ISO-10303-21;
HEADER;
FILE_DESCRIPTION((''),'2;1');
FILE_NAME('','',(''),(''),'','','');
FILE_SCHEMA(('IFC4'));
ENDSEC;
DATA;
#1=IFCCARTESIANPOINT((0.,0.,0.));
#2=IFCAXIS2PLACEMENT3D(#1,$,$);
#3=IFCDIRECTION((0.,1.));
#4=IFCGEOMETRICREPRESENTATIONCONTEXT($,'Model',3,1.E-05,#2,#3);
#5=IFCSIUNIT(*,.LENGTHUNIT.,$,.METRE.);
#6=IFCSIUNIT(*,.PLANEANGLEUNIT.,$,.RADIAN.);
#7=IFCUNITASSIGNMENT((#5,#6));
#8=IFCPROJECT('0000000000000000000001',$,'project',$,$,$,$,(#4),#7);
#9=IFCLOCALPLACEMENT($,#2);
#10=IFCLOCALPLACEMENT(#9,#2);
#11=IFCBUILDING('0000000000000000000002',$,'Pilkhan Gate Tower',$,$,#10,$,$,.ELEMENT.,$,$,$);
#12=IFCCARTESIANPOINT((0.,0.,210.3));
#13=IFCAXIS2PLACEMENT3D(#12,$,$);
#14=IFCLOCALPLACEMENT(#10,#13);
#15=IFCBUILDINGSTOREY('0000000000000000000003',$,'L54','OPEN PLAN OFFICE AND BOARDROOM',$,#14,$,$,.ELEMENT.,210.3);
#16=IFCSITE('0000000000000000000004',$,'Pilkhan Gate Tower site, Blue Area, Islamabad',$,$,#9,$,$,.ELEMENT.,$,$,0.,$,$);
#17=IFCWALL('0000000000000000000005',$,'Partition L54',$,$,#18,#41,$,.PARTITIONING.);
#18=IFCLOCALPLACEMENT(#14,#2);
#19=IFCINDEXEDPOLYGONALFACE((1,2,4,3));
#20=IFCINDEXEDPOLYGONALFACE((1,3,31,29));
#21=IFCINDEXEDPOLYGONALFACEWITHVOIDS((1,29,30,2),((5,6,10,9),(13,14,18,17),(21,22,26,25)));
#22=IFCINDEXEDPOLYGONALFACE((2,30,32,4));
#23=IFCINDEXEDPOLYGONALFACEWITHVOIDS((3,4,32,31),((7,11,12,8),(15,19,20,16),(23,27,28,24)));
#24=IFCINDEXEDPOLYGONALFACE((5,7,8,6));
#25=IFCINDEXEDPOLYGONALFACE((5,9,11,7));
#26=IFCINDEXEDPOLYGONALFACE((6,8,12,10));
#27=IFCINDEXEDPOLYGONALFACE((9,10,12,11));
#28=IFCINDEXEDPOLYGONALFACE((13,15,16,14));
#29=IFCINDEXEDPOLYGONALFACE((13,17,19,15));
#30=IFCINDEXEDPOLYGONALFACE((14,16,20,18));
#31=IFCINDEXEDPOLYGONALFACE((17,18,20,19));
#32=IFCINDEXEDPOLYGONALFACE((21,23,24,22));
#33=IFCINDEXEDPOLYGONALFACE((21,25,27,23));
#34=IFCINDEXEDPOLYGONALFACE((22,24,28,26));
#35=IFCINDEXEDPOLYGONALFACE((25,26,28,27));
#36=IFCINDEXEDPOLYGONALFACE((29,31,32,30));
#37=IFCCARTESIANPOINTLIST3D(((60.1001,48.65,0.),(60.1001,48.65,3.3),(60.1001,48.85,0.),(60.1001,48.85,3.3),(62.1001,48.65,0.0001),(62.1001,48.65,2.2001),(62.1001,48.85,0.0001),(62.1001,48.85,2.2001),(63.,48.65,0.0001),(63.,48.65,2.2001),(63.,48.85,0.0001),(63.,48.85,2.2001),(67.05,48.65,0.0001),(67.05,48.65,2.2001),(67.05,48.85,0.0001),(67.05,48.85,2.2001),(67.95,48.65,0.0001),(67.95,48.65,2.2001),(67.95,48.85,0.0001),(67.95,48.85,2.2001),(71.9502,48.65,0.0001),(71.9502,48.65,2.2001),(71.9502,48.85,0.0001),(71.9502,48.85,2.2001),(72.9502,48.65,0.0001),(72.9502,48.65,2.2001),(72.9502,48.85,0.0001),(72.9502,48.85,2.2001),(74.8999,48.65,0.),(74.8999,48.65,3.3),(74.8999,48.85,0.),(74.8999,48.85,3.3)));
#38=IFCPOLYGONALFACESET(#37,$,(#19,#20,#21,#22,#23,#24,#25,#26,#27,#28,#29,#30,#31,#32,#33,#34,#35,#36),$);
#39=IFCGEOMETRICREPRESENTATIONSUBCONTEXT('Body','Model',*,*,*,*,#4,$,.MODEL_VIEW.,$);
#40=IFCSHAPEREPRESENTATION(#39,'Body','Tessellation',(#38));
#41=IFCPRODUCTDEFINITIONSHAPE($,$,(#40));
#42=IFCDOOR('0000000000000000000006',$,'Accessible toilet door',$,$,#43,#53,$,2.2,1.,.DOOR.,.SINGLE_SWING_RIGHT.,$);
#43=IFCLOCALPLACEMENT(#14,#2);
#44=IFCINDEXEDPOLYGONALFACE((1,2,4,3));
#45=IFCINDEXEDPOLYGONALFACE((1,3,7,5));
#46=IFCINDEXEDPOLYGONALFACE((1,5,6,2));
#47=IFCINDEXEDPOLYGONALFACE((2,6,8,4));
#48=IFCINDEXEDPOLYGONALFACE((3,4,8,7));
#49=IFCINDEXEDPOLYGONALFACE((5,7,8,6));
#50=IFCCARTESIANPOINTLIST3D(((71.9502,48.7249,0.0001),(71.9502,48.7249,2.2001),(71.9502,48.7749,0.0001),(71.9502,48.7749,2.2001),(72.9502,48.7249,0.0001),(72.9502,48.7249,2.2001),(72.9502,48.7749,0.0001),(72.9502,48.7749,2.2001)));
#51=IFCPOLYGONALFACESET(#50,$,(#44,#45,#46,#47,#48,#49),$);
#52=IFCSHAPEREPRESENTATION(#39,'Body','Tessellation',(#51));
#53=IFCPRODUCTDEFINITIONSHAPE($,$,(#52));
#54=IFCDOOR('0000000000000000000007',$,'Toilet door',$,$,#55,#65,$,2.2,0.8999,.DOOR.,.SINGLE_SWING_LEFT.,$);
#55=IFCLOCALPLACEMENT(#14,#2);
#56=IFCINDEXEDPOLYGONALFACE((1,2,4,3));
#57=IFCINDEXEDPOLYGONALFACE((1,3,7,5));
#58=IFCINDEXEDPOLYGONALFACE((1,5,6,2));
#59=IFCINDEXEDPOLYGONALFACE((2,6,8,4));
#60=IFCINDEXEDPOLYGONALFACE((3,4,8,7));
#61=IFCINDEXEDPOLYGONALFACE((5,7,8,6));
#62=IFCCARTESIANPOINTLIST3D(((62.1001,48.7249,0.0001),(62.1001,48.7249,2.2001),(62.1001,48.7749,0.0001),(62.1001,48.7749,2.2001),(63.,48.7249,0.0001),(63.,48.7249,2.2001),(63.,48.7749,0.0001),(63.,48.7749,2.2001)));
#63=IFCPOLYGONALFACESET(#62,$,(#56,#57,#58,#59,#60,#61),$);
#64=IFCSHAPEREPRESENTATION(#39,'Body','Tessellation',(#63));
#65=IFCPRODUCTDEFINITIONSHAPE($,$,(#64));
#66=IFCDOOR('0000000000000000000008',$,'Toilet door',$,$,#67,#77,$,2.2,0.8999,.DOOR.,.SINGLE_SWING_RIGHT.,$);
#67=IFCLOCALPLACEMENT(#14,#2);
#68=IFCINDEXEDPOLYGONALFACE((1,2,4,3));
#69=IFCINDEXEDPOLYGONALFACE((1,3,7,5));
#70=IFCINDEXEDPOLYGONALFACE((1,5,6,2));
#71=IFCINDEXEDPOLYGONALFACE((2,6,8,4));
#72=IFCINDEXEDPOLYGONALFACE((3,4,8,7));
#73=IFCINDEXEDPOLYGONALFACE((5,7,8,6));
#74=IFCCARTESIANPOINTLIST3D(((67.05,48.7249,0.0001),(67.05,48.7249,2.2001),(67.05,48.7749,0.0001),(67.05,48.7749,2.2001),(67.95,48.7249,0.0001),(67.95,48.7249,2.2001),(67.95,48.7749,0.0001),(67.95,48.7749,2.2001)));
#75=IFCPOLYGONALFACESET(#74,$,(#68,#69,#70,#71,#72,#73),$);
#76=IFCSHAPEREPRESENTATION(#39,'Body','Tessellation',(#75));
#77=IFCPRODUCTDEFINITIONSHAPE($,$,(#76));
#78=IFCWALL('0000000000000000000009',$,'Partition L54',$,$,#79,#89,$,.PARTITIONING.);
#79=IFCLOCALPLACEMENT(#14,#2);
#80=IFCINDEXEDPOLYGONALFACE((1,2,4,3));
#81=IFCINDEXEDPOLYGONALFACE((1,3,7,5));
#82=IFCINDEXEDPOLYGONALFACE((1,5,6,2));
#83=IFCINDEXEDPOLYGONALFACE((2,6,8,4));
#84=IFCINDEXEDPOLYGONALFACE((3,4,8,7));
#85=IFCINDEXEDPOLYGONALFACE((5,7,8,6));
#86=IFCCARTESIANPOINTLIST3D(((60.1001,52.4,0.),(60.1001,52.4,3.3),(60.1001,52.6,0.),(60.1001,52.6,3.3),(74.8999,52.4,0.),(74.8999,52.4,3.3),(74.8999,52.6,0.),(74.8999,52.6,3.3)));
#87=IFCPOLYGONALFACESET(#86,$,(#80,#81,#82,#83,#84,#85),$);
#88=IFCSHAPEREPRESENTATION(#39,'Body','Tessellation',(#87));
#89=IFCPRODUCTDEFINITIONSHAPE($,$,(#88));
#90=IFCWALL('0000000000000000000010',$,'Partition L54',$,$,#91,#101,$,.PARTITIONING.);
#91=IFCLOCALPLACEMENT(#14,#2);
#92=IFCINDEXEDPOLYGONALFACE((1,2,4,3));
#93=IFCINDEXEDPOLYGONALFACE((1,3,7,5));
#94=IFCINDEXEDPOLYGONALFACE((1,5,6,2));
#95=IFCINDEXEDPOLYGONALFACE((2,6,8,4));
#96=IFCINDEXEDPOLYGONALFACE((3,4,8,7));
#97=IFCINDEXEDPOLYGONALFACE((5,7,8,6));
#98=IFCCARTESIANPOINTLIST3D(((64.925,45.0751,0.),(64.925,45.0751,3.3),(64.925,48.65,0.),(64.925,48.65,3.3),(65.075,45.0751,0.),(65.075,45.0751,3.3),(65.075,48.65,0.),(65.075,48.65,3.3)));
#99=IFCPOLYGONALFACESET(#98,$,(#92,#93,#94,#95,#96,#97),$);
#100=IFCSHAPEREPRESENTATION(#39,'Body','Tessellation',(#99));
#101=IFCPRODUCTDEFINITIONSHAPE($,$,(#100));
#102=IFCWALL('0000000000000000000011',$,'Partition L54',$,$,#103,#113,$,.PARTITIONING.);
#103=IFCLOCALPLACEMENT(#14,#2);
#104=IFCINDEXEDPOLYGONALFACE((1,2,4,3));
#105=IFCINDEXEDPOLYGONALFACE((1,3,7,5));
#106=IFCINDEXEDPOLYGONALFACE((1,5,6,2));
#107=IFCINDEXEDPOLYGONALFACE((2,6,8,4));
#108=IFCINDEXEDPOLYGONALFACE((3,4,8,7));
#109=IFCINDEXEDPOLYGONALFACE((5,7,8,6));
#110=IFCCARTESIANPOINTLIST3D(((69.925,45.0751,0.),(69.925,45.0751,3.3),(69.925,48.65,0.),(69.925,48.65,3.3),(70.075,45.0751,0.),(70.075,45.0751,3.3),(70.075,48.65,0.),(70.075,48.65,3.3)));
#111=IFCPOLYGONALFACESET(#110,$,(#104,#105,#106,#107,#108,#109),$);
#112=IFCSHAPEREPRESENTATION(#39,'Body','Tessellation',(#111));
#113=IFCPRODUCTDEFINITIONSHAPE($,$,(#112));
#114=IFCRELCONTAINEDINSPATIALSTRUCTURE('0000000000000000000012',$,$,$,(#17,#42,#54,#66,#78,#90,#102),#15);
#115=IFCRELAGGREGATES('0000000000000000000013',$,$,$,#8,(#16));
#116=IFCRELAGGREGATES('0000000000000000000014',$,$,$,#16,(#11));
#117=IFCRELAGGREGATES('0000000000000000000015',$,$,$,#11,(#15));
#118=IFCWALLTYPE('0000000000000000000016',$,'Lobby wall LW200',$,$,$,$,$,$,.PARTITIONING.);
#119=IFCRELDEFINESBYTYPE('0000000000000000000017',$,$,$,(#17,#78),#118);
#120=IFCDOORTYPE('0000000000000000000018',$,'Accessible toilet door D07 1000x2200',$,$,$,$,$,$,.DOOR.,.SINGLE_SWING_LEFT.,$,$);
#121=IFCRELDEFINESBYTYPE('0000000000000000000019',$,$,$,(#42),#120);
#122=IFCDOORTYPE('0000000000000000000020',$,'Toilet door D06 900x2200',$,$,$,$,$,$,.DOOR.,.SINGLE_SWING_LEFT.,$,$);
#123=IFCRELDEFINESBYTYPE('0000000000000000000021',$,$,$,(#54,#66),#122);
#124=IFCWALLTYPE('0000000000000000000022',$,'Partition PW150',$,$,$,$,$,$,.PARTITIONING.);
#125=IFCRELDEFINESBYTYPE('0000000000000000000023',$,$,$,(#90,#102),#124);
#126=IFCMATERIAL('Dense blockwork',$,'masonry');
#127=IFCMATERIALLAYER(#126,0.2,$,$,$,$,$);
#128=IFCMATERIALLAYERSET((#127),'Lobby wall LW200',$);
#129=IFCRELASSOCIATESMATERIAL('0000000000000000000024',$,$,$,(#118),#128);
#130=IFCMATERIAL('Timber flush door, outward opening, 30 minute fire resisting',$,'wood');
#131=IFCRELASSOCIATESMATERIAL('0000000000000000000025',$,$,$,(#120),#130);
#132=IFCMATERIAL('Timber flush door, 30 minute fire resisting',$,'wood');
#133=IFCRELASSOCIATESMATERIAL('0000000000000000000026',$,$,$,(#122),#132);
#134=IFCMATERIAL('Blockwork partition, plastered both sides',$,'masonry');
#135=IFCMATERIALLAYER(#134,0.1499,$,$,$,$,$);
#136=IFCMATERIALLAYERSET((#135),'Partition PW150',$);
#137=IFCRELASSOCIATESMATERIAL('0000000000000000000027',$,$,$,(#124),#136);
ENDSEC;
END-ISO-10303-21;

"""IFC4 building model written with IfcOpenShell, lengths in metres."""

from ifc_helpers import new_model, si_unit, direction, frame, frame_2d, origin, place, context, subcontext, project, spatial, rectangle, extrude, material, layer, layer_set, type_object, element, fill, save


model = new_model("IFC4")

# Units and contexts
model_context = context("Model", 3, precision=1e-05, world=origin(), true_north=direction((0.0, 1.0)))
body_context = subcontext(model_context, "Body", "Model", "MODEL_VIEW")
ifc_project = project(units=[si_unit("LENGTHUNIT", "METRE"), si_unit("PLANEANGLEUNIT", "RADIAN")], contexts=[model_context])

# Site, building, storey
site_placement = place(None, origin())
site = spatial("IfcSite", under=ifc_project, at=site_placement, Name="Pilkhan Gate Tower site, Blue Area, Islamabad", CompositionType="ELEMENT", RefElevation=0.0)
building_placement = place(site_placement, origin())
building = spatial("IfcBuilding", under=site, at=building_placement, Name="Pilkhan Gate Tower", CompositionType="ELEMENT")
storey_placement = place(building_placement, frame((0.0, 0.0, 210.3)))
storey = spatial("IfcBuildingStorey", under=building, at=storey_placement, Name="L54", Description="OPEN PLAN OFFICE AND BOARDROOM", CompositionType="ELEMENT", Elevation=210.3)

# Shared definitions
ifc_material_1 = material(Name="Dense blockwork", Category="masonry")

# Shared definitions
ifc_material_2 = material(Name="Timber flush door, 30 minute fire resisting", Category="wood")

# Wall, openings, doors
ifc_layer_1 = layer(ifc_material_1, 0.2)
ifc_layer_set_1 = layer_set([ifc_layer_1], Name="Lobby wall LW200")
wall_type_1 = type_object("IfcWallType", Name="Lobby wall LW200", PredefinedType="PARTITIONING", material=ifc_layer_set_1)
wall_1_placement = place(storey_placement, frame((60.1001, 48.75, 0.0), z_axis=(0.0, 0.0, 1.0), x_axis=(1.0, 0.0, 0.0)))
wall_1 = element("IfcWall", 1, at=wall_1_placement, inside=storey, type_object=wall_type_1, Name="Partition L54", PredefinedType="PARTITIONING", context=body_context, shape_type="SweptSolid", body=[
    extrude(rectangle(XDim=14.7998, YDim=0.2, at=frame_2d((7.3999, 0.0))), origin(), (0.0, 0.0, 1.0), 3.3),
])
opening_1_placement = place(wall_1_placement, frame((2.0, 0.0, 0.0)))
opening_1 = element("IfcOpeningElement", 2, at=opening_1_placement, cuts=wall_1, PredefinedType="OPENING", context=body_context, shape_type="SweptSolid", body=[
    extrude(rectangle(XDim=0.8999, YDim=2.2, at=frame_2d((0.45, 1.1001))), frame((0.0, 0.1099, 0.0), z_axis=(0.0, -1.0, 0.0), x_axis=(1.0, 0.0, 0.0)), (0.0, 0.0, 1.0), 0.22),
])
opening_2_placement = place(wall_1_placement, frame((6.95, 0.0, 0.0)))
opening_2 = element("IfcOpeningElement", 3, at=opening_2_placement, cuts=wall_1, PredefinedType="OPENING", context=body_context, shape_type="SweptSolid", body=[
    extrude(rectangle(XDim=0.8999, YDim=2.2, at=frame_2d((0.45, 1.1001))), frame((0.0, 0.1099, 0.0), z_axis=(0.0, -1.0, 0.0), x_axis=(1.0, 0.0, 0.0)), (0.0, 0.0, 1.0), 0.22),
])
opening_3_placement = place(wall_1_placement, frame((11.8501, 0.0, 0.0)))
opening_3 = element("IfcOpeningElement", 4, at=opening_3_placement, cuts=wall_1, PredefinedType="OPENING", context=body_context, shape_type="SweptSolid", body=[
    extrude(rectangle(XDim=1.0, YDim=2.2, at=frame_2d((0.5, 1.1001))), frame((0.0, 0.1099, 0.0), z_axis=(0.0, -1.0, 0.0), x_axis=(1.0, 0.0, 0.0)), (0.0, 0.0, 1.0), 0.22),
])
ifc_material_3 = material(Name="Timber flush door, outward opening, 30 minute fire resisting", Category="wood")
door_type_1 = type_object("IfcDoorType", Name="Accessible toilet door D07 1000x2200", OperationType="SINGLE_SWING_LEFT", PredefinedType="DOOR", material=ifc_material_3)
door_1_placement = place(opening_3_placement, origin())
door_1 = element("IfcDoor", 5, at=door_1_placement, inside=storey, type_object=door_type_1, Name="Accessible toilet door", OperationType="SINGLE_SWING_RIGHT", OverallHeight=2.2, OverallWidth=1.0, PredefinedType="DOOR", context=body_context, shape_type="SweptSolid", body=[
    extrude(rectangle(XDim=1.0, YDim=2.2, at=frame_2d((0.5, 1.1001))), frame((0.0, 0.0249, 0.0), z_axis=(0.0, -1.0, 0.0), x_axis=(1.0, 0.0, 0.0)), (0.0, 0.0, 1.0), 0.05),
])
fill(opening_3, door_1)
door_type_2 = type_object("IfcDoorType", Name="Toilet door D06 900x2200", OperationType="SINGLE_SWING_LEFT", PredefinedType="DOOR", material=ifc_material_2)
door_2_placement = place(opening_1_placement, origin())
door_2 = element("IfcDoor", 6, at=door_2_placement, inside=storey, type_object=door_type_2, Name="Toilet door", OperationType="SINGLE_SWING_LEFT", OverallHeight=2.2, OverallWidth=0.8999, PredefinedType="DOOR", context=body_context, shape_type="SweptSolid", body=[
    extrude(rectangle(XDim=0.8999, YDim=2.2, at=frame_2d((0.45, 1.1001))), frame((0.0, 0.0249, 0.0), z_axis=(0.0, -1.0, 0.0), x_axis=(1.0, 0.0, 0.0)), (0.0, 0.0, 1.0), 0.05),
])
fill(opening_1, door_2)
door_3_placement = place(opening_2_placement, origin())
door_3 = element("IfcDoor", 7, at=door_3_placement, inside=storey, type_object=door_type_2, Name="Toilet door", OperationType="SINGLE_SWING_RIGHT", OverallHeight=2.2, OverallWidth=0.8999, PredefinedType="DOOR", context=body_context, shape_type="SweptSolid", body=[
    extrude(rectangle(XDim=0.8999, YDim=2.2, at=frame_2d((0.45, 1.1001))), frame((0.0, 0.0249, 0.0), z_axis=(0.0, -1.0, 0.0), x_axis=(1.0, 0.0, 0.0)), (0.0, 0.0, 1.0), 0.05),
])
fill(opening_2, door_3)

# Walls
wall_2_placement = place(storey_placement, frame((60.1001, 52.5, 0.0), z_axis=(0.0, 0.0, 1.0), x_axis=(1.0, 0.0, 0.0)))
element("IfcWall", 8, at=wall_2_placement, inside=storey, type_object=wall_type_1, Name="Partition L54", PredefinedType="PARTITIONING", context=body_context, shape_type="SweptSolid", body=[
    extrude(rectangle(XDim=14.7998, YDim=0.2, at=frame_2d((7.3999, 0.0))), origin(), (0.0, 0.0, 1.0), 3.3),
])
ifc_material_4 = material(Name="Blockwork partition, plastered both sides", Category="masonry")
ifc_layer_2 = layer(ifc_material_4, 0.1499)
ifc_layer_set_2 = layer_set([ifc_layer_2], Name="Partition PW150")
wall_type_2 = type_object("IfcWallType", Name="Partition PW150", PredefinedType="PARTITIONING", material=ifc_layer_set_2)
for number, where, z_axis, x_axis, name in (
    (9, (65.0, 45.075, 0.0), (0.0, 0.0, 1.0), (0.0, 1.0, 0.0), "Partition L54"),
    (10, (70.0, 45.075, 0.0), (0.0, 0.0, 1.0), (0.0, 1.0, 0.0), "Partition L54"),
):
    element("IfcWall", number, at=place(storey_placement, frame(where, z_axis=z_axis, x_axis=x_axis)), inside=storey, type_object=wall_type_2, Name=name, PredefinedType="PARTITIONING", context=body_context, shape_type="SweptSolid", body=[
        extrude(rectangle(XDim=3.575, YDim=0.1499, at=frame_2d((1.7876, 0.0))), origin(), (0.0, 0.0, 1.0), 3.3),
    ])

save(model, "model.ifc")
